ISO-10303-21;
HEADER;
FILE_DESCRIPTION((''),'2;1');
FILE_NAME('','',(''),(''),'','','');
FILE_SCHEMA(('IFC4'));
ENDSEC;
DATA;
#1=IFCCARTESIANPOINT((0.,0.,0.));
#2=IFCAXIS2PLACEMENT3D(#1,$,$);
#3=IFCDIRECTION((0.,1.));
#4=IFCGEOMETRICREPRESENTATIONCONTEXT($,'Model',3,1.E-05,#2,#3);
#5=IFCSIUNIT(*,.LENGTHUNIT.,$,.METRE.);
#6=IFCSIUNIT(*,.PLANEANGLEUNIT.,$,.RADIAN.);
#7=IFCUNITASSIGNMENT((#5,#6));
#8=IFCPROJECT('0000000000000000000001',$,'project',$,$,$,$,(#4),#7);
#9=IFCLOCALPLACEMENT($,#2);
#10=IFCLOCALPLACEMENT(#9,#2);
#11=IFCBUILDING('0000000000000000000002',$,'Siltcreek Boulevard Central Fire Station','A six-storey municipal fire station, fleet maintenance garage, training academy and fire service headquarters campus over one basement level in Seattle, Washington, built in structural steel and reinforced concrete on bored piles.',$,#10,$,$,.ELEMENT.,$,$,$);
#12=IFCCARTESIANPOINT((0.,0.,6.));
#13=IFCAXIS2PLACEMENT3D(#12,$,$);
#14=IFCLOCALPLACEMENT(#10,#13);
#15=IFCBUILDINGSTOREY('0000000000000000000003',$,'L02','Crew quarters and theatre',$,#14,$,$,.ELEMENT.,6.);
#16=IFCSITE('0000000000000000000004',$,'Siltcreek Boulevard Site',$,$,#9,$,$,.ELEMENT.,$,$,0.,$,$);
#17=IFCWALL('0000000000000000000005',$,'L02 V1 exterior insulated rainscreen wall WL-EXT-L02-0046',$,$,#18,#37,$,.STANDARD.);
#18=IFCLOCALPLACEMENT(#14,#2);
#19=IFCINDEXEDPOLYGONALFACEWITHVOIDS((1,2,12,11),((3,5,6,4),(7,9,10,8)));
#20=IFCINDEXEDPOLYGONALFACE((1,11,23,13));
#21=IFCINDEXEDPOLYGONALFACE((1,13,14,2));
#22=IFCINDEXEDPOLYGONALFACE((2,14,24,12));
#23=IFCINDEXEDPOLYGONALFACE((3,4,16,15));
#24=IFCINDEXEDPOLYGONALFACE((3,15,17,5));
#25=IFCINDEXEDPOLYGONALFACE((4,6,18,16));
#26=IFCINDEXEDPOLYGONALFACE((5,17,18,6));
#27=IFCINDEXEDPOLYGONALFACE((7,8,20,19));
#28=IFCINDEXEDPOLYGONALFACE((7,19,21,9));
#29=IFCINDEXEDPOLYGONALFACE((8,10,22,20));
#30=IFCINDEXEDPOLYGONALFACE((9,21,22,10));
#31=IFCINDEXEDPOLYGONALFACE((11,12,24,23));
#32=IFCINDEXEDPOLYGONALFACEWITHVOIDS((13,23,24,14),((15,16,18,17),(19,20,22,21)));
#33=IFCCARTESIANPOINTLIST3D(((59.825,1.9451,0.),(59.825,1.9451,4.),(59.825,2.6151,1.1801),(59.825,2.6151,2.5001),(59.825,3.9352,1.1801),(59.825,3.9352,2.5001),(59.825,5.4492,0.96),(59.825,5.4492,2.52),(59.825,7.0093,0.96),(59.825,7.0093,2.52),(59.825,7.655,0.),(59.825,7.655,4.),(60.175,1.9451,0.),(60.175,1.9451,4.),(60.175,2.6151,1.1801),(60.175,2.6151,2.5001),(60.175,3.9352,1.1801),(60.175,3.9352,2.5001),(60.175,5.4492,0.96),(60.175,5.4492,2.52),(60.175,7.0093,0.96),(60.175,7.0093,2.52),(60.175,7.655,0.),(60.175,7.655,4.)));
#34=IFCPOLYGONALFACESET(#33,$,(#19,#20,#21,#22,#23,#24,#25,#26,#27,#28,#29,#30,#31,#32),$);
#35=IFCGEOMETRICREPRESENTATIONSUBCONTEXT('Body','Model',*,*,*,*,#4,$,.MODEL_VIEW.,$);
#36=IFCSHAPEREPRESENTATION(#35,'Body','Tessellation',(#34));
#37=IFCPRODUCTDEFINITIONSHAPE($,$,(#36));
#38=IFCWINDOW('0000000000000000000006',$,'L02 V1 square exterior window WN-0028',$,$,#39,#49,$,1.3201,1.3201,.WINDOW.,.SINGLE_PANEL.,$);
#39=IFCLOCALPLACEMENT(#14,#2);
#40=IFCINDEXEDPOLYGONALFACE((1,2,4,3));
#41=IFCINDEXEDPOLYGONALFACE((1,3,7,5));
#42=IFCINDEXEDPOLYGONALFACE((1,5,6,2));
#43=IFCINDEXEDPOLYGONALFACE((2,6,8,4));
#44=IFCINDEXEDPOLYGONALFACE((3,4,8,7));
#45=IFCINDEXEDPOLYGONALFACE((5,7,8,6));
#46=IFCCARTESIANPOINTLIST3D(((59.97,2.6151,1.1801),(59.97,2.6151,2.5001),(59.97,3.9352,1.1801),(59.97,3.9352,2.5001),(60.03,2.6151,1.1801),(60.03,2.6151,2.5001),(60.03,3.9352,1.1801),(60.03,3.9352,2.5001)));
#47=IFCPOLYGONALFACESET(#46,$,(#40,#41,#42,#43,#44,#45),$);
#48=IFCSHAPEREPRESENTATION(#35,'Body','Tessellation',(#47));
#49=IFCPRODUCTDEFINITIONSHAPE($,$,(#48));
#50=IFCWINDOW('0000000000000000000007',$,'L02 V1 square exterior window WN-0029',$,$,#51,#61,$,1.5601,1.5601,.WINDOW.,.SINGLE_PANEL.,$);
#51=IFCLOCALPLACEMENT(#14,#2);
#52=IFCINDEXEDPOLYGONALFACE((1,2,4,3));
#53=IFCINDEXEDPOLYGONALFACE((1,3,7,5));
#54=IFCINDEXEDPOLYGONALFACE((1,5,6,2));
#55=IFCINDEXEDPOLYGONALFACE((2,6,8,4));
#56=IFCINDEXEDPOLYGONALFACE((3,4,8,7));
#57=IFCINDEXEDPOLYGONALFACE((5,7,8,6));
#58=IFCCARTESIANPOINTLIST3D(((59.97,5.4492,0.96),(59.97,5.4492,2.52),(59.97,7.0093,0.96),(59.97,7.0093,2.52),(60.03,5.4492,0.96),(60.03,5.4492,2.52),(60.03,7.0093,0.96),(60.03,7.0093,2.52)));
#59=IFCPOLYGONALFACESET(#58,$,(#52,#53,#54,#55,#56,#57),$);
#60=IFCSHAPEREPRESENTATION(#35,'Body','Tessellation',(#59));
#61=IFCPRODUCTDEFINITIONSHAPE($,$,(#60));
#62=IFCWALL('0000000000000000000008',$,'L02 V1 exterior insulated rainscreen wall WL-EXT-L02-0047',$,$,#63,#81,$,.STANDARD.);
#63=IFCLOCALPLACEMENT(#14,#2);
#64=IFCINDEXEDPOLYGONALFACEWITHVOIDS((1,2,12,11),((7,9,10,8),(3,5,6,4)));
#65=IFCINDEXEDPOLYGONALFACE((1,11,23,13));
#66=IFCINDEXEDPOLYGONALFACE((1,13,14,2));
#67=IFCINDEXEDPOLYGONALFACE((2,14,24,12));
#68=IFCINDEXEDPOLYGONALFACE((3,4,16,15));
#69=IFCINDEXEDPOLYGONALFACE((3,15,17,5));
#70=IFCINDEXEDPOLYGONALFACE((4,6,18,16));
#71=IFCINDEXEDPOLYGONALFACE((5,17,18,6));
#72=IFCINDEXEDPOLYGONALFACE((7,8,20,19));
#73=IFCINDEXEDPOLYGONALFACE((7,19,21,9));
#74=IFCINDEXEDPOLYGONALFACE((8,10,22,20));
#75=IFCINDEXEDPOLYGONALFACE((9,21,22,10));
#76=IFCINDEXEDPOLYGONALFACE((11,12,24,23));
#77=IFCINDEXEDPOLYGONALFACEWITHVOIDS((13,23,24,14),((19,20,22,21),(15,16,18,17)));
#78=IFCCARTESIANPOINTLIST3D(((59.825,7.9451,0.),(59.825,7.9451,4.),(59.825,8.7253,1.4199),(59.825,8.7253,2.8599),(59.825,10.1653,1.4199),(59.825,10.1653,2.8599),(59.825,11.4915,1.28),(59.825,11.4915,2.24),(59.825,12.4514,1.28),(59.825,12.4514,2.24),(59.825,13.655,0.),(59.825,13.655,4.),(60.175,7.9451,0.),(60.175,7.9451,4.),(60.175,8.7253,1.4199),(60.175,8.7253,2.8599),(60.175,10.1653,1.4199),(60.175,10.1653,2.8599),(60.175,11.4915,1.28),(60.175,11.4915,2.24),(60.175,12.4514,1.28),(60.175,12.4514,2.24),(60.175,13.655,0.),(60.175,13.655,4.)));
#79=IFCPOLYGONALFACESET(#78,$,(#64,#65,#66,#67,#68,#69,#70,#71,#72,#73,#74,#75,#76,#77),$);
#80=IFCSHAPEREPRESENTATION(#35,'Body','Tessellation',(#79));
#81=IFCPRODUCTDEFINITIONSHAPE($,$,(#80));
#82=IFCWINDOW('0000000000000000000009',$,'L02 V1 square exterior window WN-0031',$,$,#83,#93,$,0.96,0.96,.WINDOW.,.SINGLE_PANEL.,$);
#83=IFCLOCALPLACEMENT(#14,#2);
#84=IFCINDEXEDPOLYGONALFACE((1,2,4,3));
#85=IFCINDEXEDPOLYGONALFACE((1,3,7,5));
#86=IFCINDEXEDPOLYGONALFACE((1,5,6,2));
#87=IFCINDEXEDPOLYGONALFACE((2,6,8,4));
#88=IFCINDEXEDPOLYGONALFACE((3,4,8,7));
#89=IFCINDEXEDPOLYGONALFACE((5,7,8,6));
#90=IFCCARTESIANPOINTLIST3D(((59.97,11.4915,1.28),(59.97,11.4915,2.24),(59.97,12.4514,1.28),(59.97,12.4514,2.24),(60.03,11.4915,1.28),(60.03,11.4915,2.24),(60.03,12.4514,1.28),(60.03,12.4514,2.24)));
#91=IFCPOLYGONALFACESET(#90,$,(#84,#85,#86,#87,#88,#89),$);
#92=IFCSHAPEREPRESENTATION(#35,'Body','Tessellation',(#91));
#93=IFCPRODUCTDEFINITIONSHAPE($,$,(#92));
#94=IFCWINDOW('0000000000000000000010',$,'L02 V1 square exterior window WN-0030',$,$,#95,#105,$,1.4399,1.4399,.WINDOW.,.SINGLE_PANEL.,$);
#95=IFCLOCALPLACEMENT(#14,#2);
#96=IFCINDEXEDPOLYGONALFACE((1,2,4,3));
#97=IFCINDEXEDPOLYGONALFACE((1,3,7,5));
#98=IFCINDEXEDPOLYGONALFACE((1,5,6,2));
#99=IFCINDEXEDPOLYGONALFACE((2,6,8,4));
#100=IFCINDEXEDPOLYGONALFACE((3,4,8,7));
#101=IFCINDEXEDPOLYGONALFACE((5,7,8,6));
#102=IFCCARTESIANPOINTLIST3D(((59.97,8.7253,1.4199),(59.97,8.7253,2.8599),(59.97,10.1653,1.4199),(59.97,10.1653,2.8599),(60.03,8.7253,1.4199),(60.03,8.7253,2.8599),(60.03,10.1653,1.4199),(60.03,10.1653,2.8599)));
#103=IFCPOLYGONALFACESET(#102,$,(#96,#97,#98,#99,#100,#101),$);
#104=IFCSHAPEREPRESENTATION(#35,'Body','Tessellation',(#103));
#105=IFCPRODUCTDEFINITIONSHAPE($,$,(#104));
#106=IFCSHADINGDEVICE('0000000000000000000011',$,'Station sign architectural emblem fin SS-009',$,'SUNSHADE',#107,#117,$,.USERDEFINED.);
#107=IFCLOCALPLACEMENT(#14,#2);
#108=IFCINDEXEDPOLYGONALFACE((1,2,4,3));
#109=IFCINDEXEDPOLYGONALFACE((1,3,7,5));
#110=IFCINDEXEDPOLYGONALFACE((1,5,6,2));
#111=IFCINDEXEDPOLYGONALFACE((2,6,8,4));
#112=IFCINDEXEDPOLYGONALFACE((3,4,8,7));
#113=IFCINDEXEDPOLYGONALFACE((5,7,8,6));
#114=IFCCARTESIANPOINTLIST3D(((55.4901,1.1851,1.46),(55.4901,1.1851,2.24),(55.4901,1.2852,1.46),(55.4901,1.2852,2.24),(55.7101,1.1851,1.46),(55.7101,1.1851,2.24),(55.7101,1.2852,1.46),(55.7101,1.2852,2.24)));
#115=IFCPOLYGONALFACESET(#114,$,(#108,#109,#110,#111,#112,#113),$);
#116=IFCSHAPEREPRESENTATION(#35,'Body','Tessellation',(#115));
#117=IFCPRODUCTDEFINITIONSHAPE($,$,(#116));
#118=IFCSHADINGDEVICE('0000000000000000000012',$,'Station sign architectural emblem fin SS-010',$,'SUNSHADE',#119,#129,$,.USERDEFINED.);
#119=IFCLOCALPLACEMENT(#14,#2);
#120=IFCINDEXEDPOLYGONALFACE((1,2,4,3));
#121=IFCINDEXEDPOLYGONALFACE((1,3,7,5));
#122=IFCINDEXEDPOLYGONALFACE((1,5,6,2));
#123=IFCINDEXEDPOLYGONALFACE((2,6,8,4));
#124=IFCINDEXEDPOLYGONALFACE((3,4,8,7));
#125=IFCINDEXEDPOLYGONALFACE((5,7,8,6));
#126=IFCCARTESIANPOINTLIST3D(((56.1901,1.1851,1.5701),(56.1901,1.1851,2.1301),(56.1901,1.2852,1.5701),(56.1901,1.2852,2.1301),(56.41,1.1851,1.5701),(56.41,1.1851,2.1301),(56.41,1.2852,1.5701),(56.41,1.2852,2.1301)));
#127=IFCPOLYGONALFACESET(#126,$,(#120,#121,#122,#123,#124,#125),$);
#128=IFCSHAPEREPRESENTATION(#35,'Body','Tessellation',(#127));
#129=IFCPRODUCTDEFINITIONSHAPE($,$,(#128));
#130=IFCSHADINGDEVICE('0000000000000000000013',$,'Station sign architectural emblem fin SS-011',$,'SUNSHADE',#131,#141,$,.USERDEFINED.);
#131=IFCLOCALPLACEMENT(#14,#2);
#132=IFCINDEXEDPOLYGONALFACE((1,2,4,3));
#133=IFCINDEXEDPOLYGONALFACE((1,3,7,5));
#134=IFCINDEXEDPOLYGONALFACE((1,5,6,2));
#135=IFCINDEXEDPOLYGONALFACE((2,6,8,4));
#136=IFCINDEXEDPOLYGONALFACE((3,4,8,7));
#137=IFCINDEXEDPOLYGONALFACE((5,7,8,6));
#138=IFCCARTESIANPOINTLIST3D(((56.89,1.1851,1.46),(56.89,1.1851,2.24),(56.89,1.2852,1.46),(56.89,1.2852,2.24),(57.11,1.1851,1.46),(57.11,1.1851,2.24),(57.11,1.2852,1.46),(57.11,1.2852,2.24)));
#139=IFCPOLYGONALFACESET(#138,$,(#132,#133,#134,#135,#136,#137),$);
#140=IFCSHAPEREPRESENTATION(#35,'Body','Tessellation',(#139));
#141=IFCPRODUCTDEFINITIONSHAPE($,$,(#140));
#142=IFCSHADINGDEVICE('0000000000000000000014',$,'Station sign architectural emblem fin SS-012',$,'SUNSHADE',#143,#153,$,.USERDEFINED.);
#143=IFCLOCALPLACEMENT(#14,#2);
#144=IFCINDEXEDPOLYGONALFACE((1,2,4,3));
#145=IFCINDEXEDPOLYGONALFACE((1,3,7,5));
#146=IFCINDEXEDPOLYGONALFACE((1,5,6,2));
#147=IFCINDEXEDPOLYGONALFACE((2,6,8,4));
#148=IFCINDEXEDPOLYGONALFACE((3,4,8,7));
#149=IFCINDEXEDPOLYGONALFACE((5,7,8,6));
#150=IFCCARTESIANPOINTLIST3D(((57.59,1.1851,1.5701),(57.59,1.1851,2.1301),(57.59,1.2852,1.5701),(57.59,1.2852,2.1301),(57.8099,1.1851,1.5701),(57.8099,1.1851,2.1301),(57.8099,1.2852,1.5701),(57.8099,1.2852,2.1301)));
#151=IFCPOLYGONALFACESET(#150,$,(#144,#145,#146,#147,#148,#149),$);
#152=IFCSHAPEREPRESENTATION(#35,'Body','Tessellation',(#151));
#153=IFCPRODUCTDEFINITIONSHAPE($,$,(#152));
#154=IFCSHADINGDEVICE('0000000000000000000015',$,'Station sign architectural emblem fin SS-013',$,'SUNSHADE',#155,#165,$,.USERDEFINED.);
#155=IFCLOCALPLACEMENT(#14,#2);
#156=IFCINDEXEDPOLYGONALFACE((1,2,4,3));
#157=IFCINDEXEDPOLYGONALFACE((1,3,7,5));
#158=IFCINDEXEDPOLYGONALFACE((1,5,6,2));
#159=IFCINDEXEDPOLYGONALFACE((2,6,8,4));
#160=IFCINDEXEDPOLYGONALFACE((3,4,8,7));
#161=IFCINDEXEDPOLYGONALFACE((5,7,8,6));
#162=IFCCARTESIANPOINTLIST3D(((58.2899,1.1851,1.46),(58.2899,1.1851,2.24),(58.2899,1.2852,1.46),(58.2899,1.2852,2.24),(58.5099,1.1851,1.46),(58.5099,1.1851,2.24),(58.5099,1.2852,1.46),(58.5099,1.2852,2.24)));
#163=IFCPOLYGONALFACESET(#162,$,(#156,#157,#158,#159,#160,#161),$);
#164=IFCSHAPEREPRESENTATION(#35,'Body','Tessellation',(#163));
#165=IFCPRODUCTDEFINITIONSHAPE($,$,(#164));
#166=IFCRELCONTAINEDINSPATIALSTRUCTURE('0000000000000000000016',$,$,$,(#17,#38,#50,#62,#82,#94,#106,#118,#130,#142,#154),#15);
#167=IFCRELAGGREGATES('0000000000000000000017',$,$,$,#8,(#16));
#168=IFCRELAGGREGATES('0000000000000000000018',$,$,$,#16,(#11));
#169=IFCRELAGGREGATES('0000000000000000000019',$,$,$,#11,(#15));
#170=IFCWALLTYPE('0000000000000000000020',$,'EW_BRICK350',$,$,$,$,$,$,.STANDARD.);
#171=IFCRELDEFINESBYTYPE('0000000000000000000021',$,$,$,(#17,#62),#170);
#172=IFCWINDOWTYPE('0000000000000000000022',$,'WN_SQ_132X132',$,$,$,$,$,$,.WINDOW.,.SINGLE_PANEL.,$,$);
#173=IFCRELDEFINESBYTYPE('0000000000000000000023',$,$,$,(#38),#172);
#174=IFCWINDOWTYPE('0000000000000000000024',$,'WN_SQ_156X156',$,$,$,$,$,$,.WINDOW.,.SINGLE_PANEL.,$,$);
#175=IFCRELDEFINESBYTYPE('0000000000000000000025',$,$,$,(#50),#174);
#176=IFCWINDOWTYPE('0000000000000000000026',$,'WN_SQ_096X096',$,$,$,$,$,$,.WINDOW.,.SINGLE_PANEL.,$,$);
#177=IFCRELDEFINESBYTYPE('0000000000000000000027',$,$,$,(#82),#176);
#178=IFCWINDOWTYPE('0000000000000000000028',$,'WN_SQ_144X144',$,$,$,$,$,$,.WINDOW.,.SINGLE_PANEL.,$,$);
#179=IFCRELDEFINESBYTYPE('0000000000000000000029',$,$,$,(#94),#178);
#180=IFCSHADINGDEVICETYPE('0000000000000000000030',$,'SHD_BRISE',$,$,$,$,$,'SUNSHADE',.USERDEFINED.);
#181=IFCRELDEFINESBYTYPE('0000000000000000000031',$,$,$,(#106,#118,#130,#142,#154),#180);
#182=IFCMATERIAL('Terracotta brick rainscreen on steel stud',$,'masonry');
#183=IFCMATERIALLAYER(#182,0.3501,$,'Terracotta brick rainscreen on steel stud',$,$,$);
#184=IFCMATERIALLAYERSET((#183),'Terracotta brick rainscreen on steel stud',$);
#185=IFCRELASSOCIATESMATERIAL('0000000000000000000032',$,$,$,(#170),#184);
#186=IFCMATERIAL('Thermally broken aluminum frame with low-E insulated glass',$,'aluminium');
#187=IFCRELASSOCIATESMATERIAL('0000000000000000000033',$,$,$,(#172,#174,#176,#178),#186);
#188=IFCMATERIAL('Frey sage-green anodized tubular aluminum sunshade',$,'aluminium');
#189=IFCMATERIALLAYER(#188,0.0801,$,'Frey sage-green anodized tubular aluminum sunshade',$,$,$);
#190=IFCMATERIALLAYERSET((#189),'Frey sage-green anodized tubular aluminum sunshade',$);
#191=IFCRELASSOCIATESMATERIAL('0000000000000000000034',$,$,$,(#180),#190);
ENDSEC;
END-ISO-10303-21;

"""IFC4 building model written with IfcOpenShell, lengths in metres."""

from ifc_helpers import new_model, si_unit, direction, frame, frame_2d, origin, origin_2d, place, context, subcontext, project, spatial, rectangle, extrude, material, layer, layer_set, type_object, element, fill, save


model = new_model("IFC4")

# Units and contexts
model_context = context("Model", 3, precision=1e-05, world=origin(), true_north=direction((0.0, 1.0)))
body_context = subcontext(model_context, "Body", "Model", "MODEL_VIEW")
ifc_project = project(units=[si_unit("LENGTHUNIT", "METRE"), si_unit("PLANEANGLEUNIT", "RADIAN")], contexts=[model_context])

# Site, building, storey
site_placement = place(None, origin())
site = spatial("IfcSite", under=ifc_project, at=site_placement, Name="Siltcreek Boulevard Site", CompositionType="ELEMENT", RefElevation=0.0)
building_placement = place(site_placement, origin())
building = spatial("IfcBuilding", under=site, at=building_placement, Name="Siltcreek Boulevard Central Fire Station", Description="A six-storey municipal fire station, fleet maintenance garage, training academy and fire service headquarters campus over one basement level in Seattle, Washington, built in structural steel and reinforced concrete on bored piles.", CompositionType="ELEMENT")
storey_placement = place(building_placement, frame((0.0, 0.0, 6.0)))
storey = spatial("IfcBuildingStorey", under=building, at=storey_placement, Name="L02", Description="Crew quarters and theatre", CompositionType="ELEMENT", Elevation=6.0)

# Shared definitions
ifc_material_1 = material(Name="Terracotta brick rainscreen on steel stud", Category="masonry")
ifc_layer_1 = layer(ifc_material_1, 0.3501, Name="Terracotta brick rainscreen on steel stud")
ifc_layer_set_1 = layer_set([ifc_layer_1], Name="Terracotta brick rainscreen on steel stud")
wall_type = type_object("IfcWallType", Name="EW_BRICK350", PredefinedType="STANDARD", material=ifc_layer_set_1)

# Walls, openings, windows
wall_1_placement = place(storey_placement, frame((60.0, 1.9451, 0.0), z_axis=(0.0, 0.0, 1.0), x_axis=(0.0, 1.0, 0.0)))
wall_1 = element("IfcWall", 1, at=wall_1_placement, inside=storey, type_object=wall_type, Name="L02 V1 exterior insulated rainscreen wall WL-EXT-L02-0046", PredefinedType="STANDARD", context=body_context, shape_type="SweptSolid", body=[
    extrude(rectangle(XDim=5.71, YDim=0.3501, at=frame_2d((2.855, 0.0))), origin(), (0.0, 0.0, 1.0), 4.0),
])
opening_1_placement = place(wall_1_placement, frame((0.6699, 0.0, 1.1799)))
opening_1 = element("IfcOpeningElement", 2, at=opening_1_placement, cuts=wall_1, PredefinedType="OPENING", context=body_context, shape_type="SweptSolid", body=[
    extrude(rectangle(XDim=1.3201, YDim=1.3201, at=frame_2d((0.6602, 0.6602))), frame((0.0, 0.1851, 0.0), z_axis=(0.0, -1.0, 0.0), x_axis=(1.0, 0.0, 0.0)), (0.0, 0.0, 1.0), 0.3701),
])
opening_2_placement = place(wall_1_placement, frame((3.5042, 0.0, 0.96)))
opening_2 = element("IfcOpeningElement", 3, at=opening_2_placement, cuts=wall_1, PredefinedType="OPENING", context=body_context, shape_type="SweptSolid", body=[
    extrude(rectangle(XDim=1.5601, YDim=1.5601, at=frame_2d((0.78, 0.78))), frame((0.0, 0.1851, 0.0), z_axis=(0.0, -1.0, 0.0), x_axis=(1.0, 0.0, 0.0)), (0.0, 0.0, 1.0), 0.3701),
])
ifc_material_2 = material(Name="Thermally broken aluminum frame with low-E insulated glass", Category="aluminium")
window_type_1 = type_object("IfcWindowType", Name="WN_SQ_132X132", PartitioningType="SINGLE_PANEL", PredefinedType="WINDOW", material=ifc_material_2)
window_1_placement = place(opening_1_placement, origin())
window_1 = element("IfcWindow", 4, at=window_1_placement, inside=storey, type_object=window_type_1, Name="L02 V1 square exterior window WN-0028", OverallHeight=1.3201, OverallWidth=1.3201, PartitioningType="SINGLE_PANEL", PredefinedType="WINDOW", context=body_context, shape_type="SweptSolid", body=[
    extrude(rectangle(XDim=1.3201, YDim=1.3201, at=frame_2d((0.6602, 0.6602))), frame((0.0, 0.03, 0.0), z_axis=(0.0, -1.0, 0.0), x_axis=(1.0, 0.0, 0.0)), (0.0, 0.0, 1.0), 0.0601),
])
fill(opening_1, window_1)
window_type_2 = type_object("IfcWindowType", Name="WN_SQ_156X156", PartitioningType="SINGLE_PANEL", PredefinedType="WINDOW", material=ifc_material_2)
window_2_placement = place(opening_2_placement, origin())
window_2 = element("IfcWindow", 5, at=window_2_placement, inside=storey, type_object=window_type_2, Name="L02 V1 square exterior window WN-0029", OverallHeight=1.5601, OverallWidth=1.5601, PartitioningType="SINGLE_PANEL", PredefinedType="WINDOW", context=body_context, shape_type="SweptSolid", body=[
    extrude(rectangle(XDim=1.5601, YDim=1.5601, at=frame_2d((0.78, 0.78))), frame((0.0, 0.03, 0.0), z_axis=(0.0, -1.0, 0.0), x_axis=(1.0, 0.0, 0.0)), (0.0, 0.0, 1.0), 0.0601),
])
fill(opening_2, window_2)
wall_2_placement = place(storey_placement, frame((60.0, 7.9451, 0.0), z_axis=(0.0, 0.0, 1.0), x_axis=(0.0, 1.0, 0.0)))
wall_2 = element("IfcWall", 6, at=wall_2_placement, inside=storey, type_object=wall_type, Name="L02 V1 exterior insulated rainscreen wall WL-EXT-L02-0047", PredefinedType="STANDARD", context=body_context, shape_type="SweptSolid", body=[
    extrude(rectangle(XDim=5.71, YDim=0.3501, at=frame_2d((2.855, 0.0))), origin(), (0.0, 0.0, 1.0), 4.0),
])
opening_3_placement = place(wall_2_placement, frame((0.7803, 0.0, 1.4199)))
opening_3 = element("IfcOpeningElement", 7, at=opening_3_placement, cuts=wall_2, PredefinedType="OPENING", context=body_context, shape_type="SweptSolid", body=[
    extrude(rectangle(XDim=1.4399, YDim=1.4399, at=frame_2d((0.72, 0.72))), frame((0.0, 0.1851, 0.0), z_axis=(0.0, -1.0, 0.0), x_axis=(1.0, 0.0, 0.0)), (0.0, 0.0, 1.0), 0.3701),
])
opening_4_placement = place(wall_2_placement, frame((3.5464, 0.0, 1.28)))
opening_4 = element("IfcOpeningElement", 8, at=opening_4_placement, cuts=wall_2, PredefinedType="OPENING", context=body_context, shape_type="SweptSolid", body=[
    extrude(rectangle(XDim=0.96, YDim=0.96, at=frame_2d((0.48, 0.48))), frame((0.0, 0.1851, 0.0), z_axis=(0.0, -1.0, 0.0), x_axis=(1.0, 0.0, 0.0)), (0.0, 0.0, 1.0), 0.3701),
])
window_type_3 = type_object("IfcWindowType", Name="WN_SQ_096X096", PartitioningType="SINGLE_PANEL", PredefinedType="WINDOW", material=ifc_material_2)
window_3_placement = place(opening_4_placement, origin())
window_3 = element("IfcWindow", 9, at=window_3_placement, inside=storey, type_object=window_type_3, Name="L02 V1 square exterior window WN-0031", OverallHeight=0.96, OverallWidth=0.96, PartitioningType="SINGLE_PANEL", PredefinedType="WINDOW", context=body_context, shape_type="SweptSolid", body=[
    extrude(rectangle(XDim=0.96, YDim=0.96, at=frame_2d((0.48, 0.48))), frame((0.0, 0.03, 0.0), z_axis=(0.0, -1.0, 0.0), x_axis=(1.0, 0.0, 0.0)), (0.0, 0.0, 1.0), 0.0601),
])
fill(opening_4, window_3)
window_type_4 = type_object("IfcWindowType", Name="WN_SQ_144X144", PartitioningType="SINGLE_PANEL", PredefinedType="WINDOW", material=ifc_material_2)
window_4_placement = place(opening_3_placement, origin())
window_4 = element("IfcWindow", 10, at=window_4_placement, inside=storey, type_object=window_type_4, Name="L02 V1 square exterior window WN-0030", OverallHeight=1.4399, OverallWidth=1.4399, PartitioningType="SINGLE_PANEL", PredefinedType="WINDOW", context=body_context, shape_type="SweptSolid", body=[
    extrude(rectangle(XDim=1.4399, YDim=1.4399, at=frame_2d((0.72, 0.72))), frame((0.0, 0.03, 0.0), z_axis=(0.0, -1.0, 0.0), x_axis=(1.0, 0.0, 0.0)), (0.0, 0.0, 1.0), 0.0601),
])
fill(opening_3, window_4)

# Shading devices
ifc_material_3 = material(Name="Frey sage-green anodized tubular aluminum sunshade", Category="aluminium")
ifc_layer_2 = layer(ifc_material_3, 0.0801, Name="Frey sage-green anodized tubular aluminum sunshade")
ifc_layer_set_2 = layer_set([ifc_layer_2], Name="Frey sage-green anodized tubular aluminum sunshade")
shading_device_type_1 = type_object("IfcShadingDeviceType", Name="SHD_BRISE", ElementType="SUNSHADE", PredefinedType="USERDEFINED", material=ifc_layer_set_2)
shading_device_1_placement = place(storey_placement, frame((55.6001, 1.2351, 1.46), z_axis=(0.0, 0.0, 1.0), x_axis=(1.0, 0.0, 0.0)))
element("IfcShadingDevice", 11, at=shading_device_1_placement, inside=storey, type_object=shading_device_type_1, Name="Station sign architectural emblem fin SS-009", ObjectType="SUNSHADE", PredefinedType="USERDEFINED", context=body_context, shape_type="SweptSolid", body=[
    extrude(rectangle(XDim=0.22, YDim=0.1001, at=origin_2d()), origin(), (0.0, 0.0, 1.0), 0.78),
])
shading_device_2_placement = place(storey_placement, frame((56.3, 1.2351, 1.5701), z_axis=(0.0, 0.0, 1.0), x_axis=(1.0, 0.0, 0.0)))
element("IfcShadingDevice", 12, at=shading_device_2_placement, inside=storey, type_object=shading_device_type_1, Name="Station sign architectural emblem fin SS-010", ObjectType="SUNSHADE", PredefinedType="USERDEFINED", context=body_context, shape_type="SweptSolid", body=[
    extrude(rectangle(XDim=0.22, YDim=0.1001, at=origin_2d()), origin(), (0.0, 0.0, 1.0), 0.5601),
])
shading_device_3_placement = place(storey_placement, frame((57.0, 1.2351, 1.46), z_axis=(0.0, 0.0, 1.0), x_axis=(1.0, 0.0, 0.0)))
element("IfcShadingDevice", 13, at=shading_device_3_placement, inside=storey, type_object=shading_device_type_1, Name="Station sign architectural emblem fin SS-011", ObjectType="SUNSHADE", PredefinedType="USERDEFINED", context=body_context, shape_type="SweptSolid", body=[
    extrude(rectangle(XDim=0.22, YDim=0.1001, at=origin_2d()), origin(), (0.0, 0.0, 1.0), 0.78),
])
shading_device_4_placement = place(storey_placement, frame((57.7, 1.2351, 1.5701), z_axis=(0.0, 0.0, 1.0), x_axis=(1.0, 0.0, 0.0)))
element("IfcShadingDevice", 14, at=shading_device_4_placement, inside=storey, type_object=shading_device_type_1, Name="Station sign architectural emblem fin SS-012", ObjectType="SUNSHADE", PredefinedType="USERDEFINED", context=body_context, shape_type="SweptSolid", body=[
    extrude(rectangle(XDim=0.22, YDim=0.1001, at=origin_2d()), origin(), (0.0, 0.0, 1.0), 0.5601),
])
shading_device_5_placement = place(storey_placement, frame((58.3999, 1.2351, 1.46), z_axis=(0.0, 0.0, 1.0), x_axis=(1.0, 0.0, 0.0)))
element("IfcShadingDevice", 15, at=shading_device_5_placement, inside=storey, type_object=shading_device_type_1, Name="Station sign architectural emblem fin SS-013", ObjectType="SUNSHADE", PredefinedType="USERDEFINED", context=body_context, shape_type="SweptSolid", body=[
    extrude(rectangle(XDim=0.22, YDim=0.1001, at=origin_2d()), origin(), (0.0, 0.0, 1.0), 0.78),
])

save(model, "model.ifc")
